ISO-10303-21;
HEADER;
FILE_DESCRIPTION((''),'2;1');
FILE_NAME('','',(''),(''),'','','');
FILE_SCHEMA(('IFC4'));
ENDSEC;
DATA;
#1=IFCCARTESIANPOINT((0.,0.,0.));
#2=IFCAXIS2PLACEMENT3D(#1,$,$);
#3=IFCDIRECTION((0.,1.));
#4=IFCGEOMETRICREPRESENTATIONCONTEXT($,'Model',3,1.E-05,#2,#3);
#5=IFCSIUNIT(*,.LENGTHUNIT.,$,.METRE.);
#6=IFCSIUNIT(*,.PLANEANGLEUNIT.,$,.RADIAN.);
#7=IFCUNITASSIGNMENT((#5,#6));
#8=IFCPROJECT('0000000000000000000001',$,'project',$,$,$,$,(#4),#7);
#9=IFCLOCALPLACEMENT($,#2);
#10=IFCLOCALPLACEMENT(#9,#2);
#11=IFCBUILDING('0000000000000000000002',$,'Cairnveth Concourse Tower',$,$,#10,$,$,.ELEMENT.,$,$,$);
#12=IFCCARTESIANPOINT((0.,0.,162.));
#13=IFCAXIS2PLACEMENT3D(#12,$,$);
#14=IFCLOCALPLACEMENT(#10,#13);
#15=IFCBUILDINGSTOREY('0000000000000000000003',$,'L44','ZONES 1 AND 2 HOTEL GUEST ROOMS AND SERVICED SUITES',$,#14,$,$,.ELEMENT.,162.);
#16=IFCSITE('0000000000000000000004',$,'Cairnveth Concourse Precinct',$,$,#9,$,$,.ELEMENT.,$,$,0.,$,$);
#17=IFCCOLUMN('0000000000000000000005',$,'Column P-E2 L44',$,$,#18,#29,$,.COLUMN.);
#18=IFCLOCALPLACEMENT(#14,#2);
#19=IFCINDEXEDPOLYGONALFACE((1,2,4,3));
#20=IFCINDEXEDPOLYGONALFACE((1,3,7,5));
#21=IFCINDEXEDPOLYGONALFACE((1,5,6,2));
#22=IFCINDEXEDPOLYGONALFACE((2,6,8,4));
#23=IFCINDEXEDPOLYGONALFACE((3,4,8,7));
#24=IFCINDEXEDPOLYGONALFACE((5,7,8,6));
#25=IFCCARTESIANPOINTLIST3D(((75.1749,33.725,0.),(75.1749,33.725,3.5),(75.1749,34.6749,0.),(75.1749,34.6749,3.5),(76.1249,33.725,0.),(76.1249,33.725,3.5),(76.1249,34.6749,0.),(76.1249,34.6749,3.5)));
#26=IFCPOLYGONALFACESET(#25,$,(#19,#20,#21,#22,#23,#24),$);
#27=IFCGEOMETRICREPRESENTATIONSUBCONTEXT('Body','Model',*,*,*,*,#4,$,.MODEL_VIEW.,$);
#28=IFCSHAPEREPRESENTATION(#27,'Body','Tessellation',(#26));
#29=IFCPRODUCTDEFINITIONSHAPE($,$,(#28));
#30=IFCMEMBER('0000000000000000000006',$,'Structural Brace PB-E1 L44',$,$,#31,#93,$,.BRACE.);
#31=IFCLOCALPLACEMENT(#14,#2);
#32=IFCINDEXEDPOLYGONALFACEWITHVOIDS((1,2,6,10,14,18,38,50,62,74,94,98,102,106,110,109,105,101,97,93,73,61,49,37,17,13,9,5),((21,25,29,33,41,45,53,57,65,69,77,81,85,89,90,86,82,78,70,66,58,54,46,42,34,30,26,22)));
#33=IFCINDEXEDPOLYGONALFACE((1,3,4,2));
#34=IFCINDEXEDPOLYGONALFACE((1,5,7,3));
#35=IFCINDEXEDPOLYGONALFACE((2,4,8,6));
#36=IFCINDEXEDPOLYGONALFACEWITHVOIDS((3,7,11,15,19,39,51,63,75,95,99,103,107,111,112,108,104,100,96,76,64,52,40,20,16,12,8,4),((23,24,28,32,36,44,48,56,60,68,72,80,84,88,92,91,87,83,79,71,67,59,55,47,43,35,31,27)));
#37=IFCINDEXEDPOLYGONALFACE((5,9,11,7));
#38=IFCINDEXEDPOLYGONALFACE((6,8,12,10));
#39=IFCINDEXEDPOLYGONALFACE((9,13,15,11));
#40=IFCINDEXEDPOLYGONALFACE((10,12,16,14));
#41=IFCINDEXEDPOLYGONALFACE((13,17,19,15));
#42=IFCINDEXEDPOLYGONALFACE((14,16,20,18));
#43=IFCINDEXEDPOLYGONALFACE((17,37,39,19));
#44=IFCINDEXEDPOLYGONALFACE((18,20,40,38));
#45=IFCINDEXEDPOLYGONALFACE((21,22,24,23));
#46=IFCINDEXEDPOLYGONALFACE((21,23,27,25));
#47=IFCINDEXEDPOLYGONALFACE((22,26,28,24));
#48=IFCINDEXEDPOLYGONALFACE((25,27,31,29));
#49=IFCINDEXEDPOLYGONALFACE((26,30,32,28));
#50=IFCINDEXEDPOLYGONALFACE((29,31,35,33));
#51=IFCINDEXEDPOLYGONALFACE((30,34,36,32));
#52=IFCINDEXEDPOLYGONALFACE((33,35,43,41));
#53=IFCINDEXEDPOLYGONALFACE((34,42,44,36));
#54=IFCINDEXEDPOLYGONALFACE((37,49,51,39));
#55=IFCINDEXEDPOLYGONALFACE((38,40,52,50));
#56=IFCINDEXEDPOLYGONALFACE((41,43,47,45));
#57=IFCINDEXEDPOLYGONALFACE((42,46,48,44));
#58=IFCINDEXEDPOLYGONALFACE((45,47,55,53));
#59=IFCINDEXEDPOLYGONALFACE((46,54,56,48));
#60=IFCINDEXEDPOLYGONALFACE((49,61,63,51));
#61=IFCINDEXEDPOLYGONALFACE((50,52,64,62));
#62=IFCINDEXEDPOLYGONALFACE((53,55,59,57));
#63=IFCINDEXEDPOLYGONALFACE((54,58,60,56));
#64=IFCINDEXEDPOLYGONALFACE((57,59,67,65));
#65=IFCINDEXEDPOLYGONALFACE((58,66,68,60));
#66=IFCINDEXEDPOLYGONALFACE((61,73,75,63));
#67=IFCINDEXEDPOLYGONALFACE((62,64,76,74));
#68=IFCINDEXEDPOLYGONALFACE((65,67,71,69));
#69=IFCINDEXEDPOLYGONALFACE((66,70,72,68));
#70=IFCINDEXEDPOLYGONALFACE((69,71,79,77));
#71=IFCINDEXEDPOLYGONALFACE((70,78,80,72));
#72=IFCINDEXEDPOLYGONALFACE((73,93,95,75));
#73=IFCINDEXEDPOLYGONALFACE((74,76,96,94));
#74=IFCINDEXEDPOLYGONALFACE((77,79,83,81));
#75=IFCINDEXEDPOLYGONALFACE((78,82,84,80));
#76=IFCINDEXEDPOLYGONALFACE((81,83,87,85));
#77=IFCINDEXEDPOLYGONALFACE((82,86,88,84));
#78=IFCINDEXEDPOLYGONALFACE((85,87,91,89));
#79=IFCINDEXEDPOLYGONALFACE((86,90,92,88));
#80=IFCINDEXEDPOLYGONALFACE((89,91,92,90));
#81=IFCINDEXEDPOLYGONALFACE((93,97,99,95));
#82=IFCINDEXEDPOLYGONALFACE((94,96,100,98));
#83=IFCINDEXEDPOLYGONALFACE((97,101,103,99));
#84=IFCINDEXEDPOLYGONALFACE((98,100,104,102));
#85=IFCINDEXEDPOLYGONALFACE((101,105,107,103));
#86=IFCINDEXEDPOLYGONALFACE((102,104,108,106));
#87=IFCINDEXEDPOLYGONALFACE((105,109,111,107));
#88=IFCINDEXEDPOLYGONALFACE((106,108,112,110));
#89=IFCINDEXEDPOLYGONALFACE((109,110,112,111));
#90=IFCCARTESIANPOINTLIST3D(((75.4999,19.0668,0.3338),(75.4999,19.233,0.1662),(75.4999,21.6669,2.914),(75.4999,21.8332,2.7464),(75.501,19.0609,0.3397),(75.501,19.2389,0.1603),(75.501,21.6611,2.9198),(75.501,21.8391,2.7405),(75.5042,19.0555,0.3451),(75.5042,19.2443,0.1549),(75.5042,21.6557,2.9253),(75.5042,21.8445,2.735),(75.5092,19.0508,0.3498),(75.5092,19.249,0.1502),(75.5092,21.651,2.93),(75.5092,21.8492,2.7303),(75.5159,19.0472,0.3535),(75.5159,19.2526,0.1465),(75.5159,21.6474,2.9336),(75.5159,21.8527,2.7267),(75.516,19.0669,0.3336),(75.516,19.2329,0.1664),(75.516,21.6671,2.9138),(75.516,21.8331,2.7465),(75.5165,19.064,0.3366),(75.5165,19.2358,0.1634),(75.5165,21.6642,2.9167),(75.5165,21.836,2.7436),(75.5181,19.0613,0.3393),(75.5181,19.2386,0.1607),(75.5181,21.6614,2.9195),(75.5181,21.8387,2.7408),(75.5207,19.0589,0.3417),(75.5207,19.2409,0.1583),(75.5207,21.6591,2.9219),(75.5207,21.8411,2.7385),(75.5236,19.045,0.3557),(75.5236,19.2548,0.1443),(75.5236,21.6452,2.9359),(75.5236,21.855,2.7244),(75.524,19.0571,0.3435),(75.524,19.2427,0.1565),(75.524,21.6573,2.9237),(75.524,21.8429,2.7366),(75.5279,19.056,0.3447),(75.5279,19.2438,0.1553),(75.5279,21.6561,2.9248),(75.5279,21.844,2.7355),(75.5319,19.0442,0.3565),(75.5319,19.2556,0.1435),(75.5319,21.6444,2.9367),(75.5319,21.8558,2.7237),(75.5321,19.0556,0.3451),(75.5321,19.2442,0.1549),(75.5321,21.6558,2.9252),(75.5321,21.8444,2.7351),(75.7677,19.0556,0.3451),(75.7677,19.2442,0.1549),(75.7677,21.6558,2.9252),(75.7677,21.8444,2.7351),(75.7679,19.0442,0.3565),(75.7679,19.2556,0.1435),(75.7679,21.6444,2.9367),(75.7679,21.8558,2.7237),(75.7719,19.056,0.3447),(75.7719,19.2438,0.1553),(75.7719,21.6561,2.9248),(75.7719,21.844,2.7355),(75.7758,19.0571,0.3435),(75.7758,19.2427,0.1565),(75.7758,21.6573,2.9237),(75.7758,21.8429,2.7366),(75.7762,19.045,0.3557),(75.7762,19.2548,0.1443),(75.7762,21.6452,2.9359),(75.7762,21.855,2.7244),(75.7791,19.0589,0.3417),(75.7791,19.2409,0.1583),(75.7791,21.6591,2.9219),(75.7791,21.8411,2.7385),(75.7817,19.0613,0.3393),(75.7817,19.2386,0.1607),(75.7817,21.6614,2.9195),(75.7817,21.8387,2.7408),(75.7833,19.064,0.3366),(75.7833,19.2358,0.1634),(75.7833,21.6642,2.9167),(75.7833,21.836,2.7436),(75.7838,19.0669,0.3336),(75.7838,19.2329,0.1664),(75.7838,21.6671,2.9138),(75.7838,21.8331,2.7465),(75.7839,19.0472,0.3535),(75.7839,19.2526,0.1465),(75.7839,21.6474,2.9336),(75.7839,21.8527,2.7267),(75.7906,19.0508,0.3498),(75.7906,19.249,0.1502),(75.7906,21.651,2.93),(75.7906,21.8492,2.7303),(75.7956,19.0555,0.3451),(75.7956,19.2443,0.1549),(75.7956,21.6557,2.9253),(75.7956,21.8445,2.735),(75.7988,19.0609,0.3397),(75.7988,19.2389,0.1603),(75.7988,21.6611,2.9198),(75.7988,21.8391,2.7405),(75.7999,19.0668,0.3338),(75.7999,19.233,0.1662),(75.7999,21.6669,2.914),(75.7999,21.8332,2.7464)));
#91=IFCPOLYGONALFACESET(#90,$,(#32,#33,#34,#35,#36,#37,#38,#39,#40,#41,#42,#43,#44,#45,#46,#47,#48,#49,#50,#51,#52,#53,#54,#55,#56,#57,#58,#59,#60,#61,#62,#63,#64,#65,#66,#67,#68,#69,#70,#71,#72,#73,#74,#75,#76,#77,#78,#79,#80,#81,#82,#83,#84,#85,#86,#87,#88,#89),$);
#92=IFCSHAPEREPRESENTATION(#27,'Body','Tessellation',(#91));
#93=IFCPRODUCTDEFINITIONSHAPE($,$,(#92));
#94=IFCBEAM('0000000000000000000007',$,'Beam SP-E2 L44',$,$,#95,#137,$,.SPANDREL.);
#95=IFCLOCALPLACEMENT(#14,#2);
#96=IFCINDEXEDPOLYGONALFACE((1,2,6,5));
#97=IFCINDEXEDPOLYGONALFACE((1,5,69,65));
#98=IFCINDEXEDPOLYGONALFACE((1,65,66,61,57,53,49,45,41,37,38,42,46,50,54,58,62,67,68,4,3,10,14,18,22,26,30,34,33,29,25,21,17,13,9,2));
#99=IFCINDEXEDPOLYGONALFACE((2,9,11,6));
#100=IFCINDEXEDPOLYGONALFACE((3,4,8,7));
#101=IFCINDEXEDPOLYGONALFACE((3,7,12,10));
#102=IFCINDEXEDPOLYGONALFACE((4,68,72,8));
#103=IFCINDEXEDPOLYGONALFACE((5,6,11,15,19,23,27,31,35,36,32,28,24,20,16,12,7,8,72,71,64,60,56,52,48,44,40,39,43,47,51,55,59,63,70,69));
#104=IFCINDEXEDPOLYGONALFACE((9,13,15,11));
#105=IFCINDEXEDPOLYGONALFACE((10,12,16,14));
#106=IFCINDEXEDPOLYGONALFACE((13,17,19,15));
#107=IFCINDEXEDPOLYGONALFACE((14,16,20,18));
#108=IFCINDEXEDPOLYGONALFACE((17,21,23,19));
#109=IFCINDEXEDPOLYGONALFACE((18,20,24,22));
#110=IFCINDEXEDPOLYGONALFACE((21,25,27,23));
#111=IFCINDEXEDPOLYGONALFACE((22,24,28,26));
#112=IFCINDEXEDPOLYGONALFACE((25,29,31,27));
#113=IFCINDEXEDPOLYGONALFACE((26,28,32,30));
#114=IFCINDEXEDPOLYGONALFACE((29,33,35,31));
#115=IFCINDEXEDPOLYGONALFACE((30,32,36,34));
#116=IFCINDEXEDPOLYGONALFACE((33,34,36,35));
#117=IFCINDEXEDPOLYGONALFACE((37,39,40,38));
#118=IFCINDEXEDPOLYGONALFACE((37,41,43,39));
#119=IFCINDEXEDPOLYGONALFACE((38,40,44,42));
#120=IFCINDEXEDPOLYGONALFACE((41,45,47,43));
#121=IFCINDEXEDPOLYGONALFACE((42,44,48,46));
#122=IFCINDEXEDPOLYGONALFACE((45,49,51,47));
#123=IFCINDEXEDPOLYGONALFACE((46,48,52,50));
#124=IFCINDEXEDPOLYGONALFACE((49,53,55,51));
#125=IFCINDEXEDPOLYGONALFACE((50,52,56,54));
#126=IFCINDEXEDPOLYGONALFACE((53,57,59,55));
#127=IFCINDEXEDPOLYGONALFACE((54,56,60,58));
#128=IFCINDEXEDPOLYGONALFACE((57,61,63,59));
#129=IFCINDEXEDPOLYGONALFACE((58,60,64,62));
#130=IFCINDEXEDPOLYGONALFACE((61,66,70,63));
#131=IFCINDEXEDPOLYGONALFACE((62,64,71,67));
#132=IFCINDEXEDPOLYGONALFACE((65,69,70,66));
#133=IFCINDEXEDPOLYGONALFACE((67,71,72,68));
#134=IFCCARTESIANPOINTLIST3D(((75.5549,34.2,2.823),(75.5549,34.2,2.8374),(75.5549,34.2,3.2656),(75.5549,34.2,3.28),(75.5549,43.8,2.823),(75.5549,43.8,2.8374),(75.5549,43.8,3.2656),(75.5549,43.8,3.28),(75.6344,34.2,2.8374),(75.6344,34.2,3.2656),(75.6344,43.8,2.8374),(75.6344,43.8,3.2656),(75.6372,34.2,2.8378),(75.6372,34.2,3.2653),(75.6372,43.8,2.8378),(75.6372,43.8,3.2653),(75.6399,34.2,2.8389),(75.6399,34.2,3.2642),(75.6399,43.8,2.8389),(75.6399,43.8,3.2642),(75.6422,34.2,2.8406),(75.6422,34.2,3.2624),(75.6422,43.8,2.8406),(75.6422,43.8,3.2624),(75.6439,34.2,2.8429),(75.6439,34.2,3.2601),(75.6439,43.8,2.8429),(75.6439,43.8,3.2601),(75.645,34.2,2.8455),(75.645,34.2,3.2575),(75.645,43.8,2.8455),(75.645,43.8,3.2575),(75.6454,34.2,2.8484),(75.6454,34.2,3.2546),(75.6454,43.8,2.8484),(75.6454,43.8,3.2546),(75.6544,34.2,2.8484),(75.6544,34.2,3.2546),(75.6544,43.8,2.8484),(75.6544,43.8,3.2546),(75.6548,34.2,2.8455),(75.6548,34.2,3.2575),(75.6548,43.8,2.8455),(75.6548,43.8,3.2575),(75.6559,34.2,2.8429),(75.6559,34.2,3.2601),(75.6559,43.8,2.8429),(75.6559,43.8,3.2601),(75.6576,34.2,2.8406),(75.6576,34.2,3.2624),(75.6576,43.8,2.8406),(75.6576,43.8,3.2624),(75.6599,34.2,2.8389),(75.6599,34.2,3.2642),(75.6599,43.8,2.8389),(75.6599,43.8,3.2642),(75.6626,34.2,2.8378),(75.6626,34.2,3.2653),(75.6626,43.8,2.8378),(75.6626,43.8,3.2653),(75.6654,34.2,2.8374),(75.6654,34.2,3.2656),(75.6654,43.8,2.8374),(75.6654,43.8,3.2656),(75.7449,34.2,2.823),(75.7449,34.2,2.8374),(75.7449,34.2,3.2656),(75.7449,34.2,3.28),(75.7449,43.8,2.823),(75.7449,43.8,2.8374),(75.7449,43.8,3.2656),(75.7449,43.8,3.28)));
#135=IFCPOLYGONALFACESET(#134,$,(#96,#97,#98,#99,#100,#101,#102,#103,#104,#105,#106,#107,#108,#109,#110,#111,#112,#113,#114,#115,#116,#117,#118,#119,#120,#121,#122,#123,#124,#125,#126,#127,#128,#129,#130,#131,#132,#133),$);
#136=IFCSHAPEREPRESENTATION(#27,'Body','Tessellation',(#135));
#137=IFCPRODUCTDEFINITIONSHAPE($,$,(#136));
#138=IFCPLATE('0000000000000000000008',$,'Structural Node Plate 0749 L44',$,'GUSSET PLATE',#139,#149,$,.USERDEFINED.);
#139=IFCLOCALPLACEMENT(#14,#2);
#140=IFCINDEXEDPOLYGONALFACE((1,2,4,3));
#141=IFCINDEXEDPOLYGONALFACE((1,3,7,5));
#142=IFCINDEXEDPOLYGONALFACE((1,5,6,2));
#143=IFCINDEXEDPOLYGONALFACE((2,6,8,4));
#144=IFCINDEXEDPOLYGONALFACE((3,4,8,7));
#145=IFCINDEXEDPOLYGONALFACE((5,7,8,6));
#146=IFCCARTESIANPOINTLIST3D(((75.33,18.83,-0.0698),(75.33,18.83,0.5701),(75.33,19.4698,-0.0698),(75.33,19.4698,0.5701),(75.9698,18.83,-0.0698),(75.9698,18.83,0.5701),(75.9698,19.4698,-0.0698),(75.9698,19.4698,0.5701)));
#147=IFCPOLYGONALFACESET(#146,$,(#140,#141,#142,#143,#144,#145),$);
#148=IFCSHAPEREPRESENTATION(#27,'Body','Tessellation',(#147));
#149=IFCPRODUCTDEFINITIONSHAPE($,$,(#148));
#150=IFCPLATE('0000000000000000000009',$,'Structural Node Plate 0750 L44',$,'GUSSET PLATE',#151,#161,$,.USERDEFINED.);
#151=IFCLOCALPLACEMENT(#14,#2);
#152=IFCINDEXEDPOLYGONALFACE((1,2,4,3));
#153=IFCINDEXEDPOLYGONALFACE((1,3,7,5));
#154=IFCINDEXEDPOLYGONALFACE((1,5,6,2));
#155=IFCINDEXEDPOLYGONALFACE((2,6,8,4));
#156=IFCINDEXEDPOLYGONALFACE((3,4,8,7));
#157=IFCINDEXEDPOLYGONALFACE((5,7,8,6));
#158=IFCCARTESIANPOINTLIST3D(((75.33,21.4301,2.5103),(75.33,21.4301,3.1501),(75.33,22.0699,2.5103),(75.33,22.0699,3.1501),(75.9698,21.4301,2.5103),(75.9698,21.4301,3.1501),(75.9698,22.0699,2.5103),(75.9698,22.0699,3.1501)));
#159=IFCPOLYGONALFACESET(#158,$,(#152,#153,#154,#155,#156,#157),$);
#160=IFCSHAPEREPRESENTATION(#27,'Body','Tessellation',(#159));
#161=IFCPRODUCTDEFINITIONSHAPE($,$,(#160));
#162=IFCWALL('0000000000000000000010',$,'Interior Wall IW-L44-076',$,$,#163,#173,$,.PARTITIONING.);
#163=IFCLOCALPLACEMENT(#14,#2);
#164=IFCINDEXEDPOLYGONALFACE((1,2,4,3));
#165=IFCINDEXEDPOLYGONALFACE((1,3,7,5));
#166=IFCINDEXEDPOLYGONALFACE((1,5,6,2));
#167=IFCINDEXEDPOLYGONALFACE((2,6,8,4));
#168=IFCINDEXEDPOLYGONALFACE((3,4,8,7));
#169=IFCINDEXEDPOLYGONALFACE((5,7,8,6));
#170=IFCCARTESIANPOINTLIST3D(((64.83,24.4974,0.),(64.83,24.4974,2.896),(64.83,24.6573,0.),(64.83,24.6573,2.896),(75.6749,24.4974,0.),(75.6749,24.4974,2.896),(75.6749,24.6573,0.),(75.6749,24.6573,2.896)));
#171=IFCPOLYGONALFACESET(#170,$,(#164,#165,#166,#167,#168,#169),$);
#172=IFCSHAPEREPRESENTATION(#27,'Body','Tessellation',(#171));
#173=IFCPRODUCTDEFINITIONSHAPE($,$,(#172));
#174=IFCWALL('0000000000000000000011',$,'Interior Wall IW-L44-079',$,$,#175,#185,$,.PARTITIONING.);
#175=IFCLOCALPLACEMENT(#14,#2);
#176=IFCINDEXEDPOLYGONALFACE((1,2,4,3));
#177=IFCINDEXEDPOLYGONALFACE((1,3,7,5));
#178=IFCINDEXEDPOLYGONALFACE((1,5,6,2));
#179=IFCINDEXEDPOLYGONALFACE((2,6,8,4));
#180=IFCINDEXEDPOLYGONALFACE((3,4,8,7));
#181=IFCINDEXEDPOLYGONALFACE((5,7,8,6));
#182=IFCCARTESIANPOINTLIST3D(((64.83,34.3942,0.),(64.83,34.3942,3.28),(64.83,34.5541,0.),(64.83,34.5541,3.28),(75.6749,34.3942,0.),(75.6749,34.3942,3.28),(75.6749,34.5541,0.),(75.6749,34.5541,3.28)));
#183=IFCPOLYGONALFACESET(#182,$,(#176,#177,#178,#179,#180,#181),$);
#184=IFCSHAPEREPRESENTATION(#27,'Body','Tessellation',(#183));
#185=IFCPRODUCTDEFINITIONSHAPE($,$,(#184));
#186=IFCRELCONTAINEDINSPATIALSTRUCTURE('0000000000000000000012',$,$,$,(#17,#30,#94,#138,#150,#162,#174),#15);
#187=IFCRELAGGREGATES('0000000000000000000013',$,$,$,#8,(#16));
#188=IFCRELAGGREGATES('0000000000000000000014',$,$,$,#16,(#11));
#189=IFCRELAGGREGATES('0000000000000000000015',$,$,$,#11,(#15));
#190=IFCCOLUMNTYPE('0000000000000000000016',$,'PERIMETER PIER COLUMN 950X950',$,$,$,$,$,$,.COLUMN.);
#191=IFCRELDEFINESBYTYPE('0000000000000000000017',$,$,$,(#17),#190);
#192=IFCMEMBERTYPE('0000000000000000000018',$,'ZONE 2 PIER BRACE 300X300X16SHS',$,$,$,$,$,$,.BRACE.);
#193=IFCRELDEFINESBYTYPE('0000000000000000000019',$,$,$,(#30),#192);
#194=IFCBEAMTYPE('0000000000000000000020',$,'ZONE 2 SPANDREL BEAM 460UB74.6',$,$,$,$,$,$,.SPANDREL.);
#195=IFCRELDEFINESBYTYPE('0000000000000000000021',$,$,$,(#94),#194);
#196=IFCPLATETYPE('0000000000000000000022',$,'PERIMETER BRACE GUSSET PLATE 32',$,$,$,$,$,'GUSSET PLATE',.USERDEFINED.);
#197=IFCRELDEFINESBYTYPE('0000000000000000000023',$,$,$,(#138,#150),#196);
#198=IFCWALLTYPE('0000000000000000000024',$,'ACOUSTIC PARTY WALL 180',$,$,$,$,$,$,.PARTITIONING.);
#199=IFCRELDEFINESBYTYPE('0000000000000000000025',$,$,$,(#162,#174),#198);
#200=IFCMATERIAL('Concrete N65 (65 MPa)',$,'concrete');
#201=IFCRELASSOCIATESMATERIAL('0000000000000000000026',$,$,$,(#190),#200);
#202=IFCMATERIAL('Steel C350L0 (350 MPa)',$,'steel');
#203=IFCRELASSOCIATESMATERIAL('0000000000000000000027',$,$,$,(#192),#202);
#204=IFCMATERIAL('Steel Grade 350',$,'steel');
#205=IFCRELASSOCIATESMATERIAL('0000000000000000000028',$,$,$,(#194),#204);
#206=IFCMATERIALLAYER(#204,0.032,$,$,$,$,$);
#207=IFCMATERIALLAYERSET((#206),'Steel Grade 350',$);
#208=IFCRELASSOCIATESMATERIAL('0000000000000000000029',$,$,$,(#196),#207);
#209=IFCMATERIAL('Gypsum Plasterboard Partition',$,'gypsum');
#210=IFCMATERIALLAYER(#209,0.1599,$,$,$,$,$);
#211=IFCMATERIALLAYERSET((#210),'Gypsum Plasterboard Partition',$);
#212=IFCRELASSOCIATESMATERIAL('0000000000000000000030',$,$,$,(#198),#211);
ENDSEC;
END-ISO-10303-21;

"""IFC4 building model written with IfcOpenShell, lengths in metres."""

from ifc_helpers import new_model, si_unit, direction, frame, frame_2d, origin, origin_2d, place, context, subcontext, project, spatial, rectangle, hollow_rectangle, i_section, extrude, material, layer, layer_set, material_profile, profile_set, type_object, element, save


model = new_model("IFC4")

# Units and contexts
model_context = context("Model", 3, precision=1e-05, world=origin(), true_north=direction((0.0, 1.0)))
body_context = subcontext(model_context, "Body", "Model", "MODEL_VIEW")
ifc_project = project(units=[si_unit("LENGTHUNIT", "METRE"), si_unit("PLANEANGLEUNIT", "RADIAN")], contexts=[model_context])

# Site, building, storey
site_placement = place(None, origin())
site = spatial("IfcSite", under=ifc_project, at=site_placement, Name="Cairnveth Concourse Precinct", CompositionType="ELEMENT", RefElevation=0.0)
building_placement = place(site_placement, origin())
building = spatial("IfcBuilding", under=site, at=building_placement, Name="Cairnveth Concourse Tower", CompositionType="ELEMENT")
storey_placement = place(building_placement, frame((0.0, 0.0, 162.0)))
storey = spatial("IfcBuildingStorey", under=building, at=storey_placement, Name="L44", Description="ZONES 1 AND 2 HOTEL GUEST ROOMS AND SERVICED SUITES", CompositionType="ELEMENT", Elevation=162.0)

# Column
ifc_material_1 = material(Name="Concrete N65 (65 MPa)", Category="concrete")
ifc_material_profile_1 = material_profile(ifc_material_1, rectangle(XDim=0.95, YDim=0.95, at=origin_2d()), Name="RC-COL-950x950")
ifc_profile_set_1 = profile_set([ifc_material_profile_1], Name="Concrete N65 (65 MPa)")
column_type = type_object("IfcColumnType", Name="PERIMETER PIER COLUMN 950X950", PredefinedType="COLUMN", material=ifc_profile_set_1)
column_placement = place(storey_placement, frame((75.6499, 34.2, 0.0), z_axis=(0.0, 0.0, 1.0), x_axis=(0.0, 1.0, 0.0)))
element("IfcColumn", 1, at=column_placement, inside=storey, type_object=column_type, Name="Column P-E2 L44", PredefinedType="COLUMN", context=body_context, shape_type="SweptSolid", body=[
    extrude(rectangle(XDim=0.95, YDim=0.95, at=origin_2d()), origin(), (0.0, 0.0, 1.0), 3.5),
])

# Member
ifc_material_2 = material(Name="Steel C350L0 (350 MPa)", Category="steel")
ifc_material_profile_2 = material_profile(ifc_material_2, hollow_rectangle(XDim=0.3, YDim=0.3, WallThickness=0.0161, InnerFilletRadius=0.0161, OuterFilletRadius=0.032, at=origin_2d()), Name="300x300x16.0SHS")
ifc_profile_set_2 = profile_set([ifc_material_profile_2], Name="Steel C350L0 (350 MPa)")
member_type = type_object("IfcMemberType", Name="ZONE 2 PIER BRACE 300X300X16SHS", PredefinedType="BRACE", material=ifc_profile_set_2)
member_placement = place(storey_placement, frame((75.6499, 19.1499, 0.25), z_axis=(0.0, 0.709834, 0.704369), x_axis=(-1.0, 0.0, 0.0)))
element("IfcMember", 2, at=member_placement, inside=storey, type_object=member_type, Name="Structural Brace PB-E1 L44", PredefinedType="BRACE", context=body_context, shape_type="SweptSolid", body=[
    extrude(hollow_rectangle(XDim=0.3, YDim=0.3, WallThickness=0.0161, InnerFilletRadius=0.0161, OuterFilletRadius=0.032, at=origin_2d()), origin(), (0.0, 0.0, 1.0), 3.6631),
])

# Beam
ifc_material_3 = material(Name="Steel Grade 350", Category="steel")
ifc_material_profile_3 = material_profile(ifc_material_3, i_section(OverallWidth=0.1899, OverallDepth=0.457, WebThickness=0.009, FlangeThickness=0.0144, FilletRadius=0.011, at=origin_2d()), Name="460UB74.6")
ifc_profile_set_3 = profile_set([ifc_material_profile_3], Name="Steel Grade 350")
beam_type = type_object("IfcBeamType", Name="ZONE 2 SPANDREL BEAM 460UB74.6", PredefinedType="SPANDREL", material=ifc_profile_set_3)
beam_placement = place(storey_placement, frame((75.6499, 34.2, 3.0515), z_axis=(0.0, 1.0, 0.0), x_axis=(-1.0, 0.0, 0.0)))
element("IfcBeam", 3, at=beam_placement, inside=storey, type_object=beam_type, Name="Beam SP-E2 L44", PredefinedType="SPANDREL", context=body_context, shape_type="SweptSolid", body=[
    extrude(i_section(OverallWidth=0.1899, OverallDepth=0.457, WebThickness=0.009, FlangeThickness=0.0144, FilletRadius=0.011, at=origin_2d()), origin(), (0.0, 0.0, 1.0), 9.6001),
])

# Plates
ifc_layer_1 = layer(ifc_material_3, 0.032)
ifc_layer_set_1 = layer_set([ifc_layer_1], Name="Steel Grade 350")
plate_type = type_object("IfcPlateType", Name="PERIMETER BRACE GUSSET PLATE 32", ElementType="GUSSET PLATE", PredefinedType="USERDEFINED", material=ifc_layer_set_1)
for number, where, z_axis, x_axis, name in (
    (4, (75.6499, 19.1499, -0.0698), (0.0, 0.0, 1.0), (1.0, 0.0, 0.0), "Structural Node Plate 0749 L44"),
    (5, (75.6499, 21.75, 2.5103), (0.0, 0.0, 1.0), (1.0, 0.0, 0.0), "Structural Node Plate 0750 L44"),
):
    element("IfcPlate", number, at=place(storey_placement, frame(where, z_axis=z_axis, x_axis=x_axis)), inside=storey, type_object=plate_type, Name=name, ObjectType="GUSSET PLATE", PredefinedType="USERDEFINED", context=body_context, shape_type="SweptSolid", body=[
        extrude(rectangle(XDim=0.6399, YDim=0.6399, at=origin_2d()), origin(), (0.0, 0.0, 1.0), 0.6399),
    ])

# Walls
ifc_material_4 = material(Name="Gypsum Plasterboard Partition", Category="gypsum")
ifc_layer_2 = layer(ifc_material_4, 0.1599)
ifc_layer_set_2 = layer_set([ifc_layer_2], Name="Gypsum Plasterboard Partition")
wall_type_1 = type_object("IfcWallType", Name="ACOUSTIC PARTY WALL 180", PredefinedType="PARTITIONING", material=ifc_layer_set_2)
wall_1_placement = place(storey_placement, frame((64.8301, 24.5774, 0.0), z_axis=(0.0, 0.0, 1.0), x_axis=(1.0, 0.0, 0.0)))
element("IfcWall", 6, at=wall_1_placement, inside=storey, type_object=wall_type_1, Name="Interior Wall IW-L44-076", PredefinedType="PARTITIONING", context=body_context, shape_type="SweptSolid", body=[
    extrude(rectangle(XDim=10.845, YDim=0.1599, at=frame_2d((5.4224, 0.0))), origin(), (0.0, 0.0, 1.0), 2.896),
])
wall_2_placement = place(storey_placement, frame((64.8301, 34.4741, 0.0), z_axis=(0.0, 0.0, 1.0), x_axis=(1.0, 0.0, 0.0)))
element("IfcWall", 7, at=wall_2_placement, inside=storey, type_object=wall_type_1, Name="Interior Wall IW-L44-079", PredefinedType="PARTITIONING", context=body_context, shape_type="SweptSolid", body=[
    extrude(rectangle(XDim=10.845, YDim=0.1599, at=frame_2d((5.4224, 0.0))), origin(), (0.0, 0.0, 1.0), 3.28),
])

save(model, "model.ifc")
